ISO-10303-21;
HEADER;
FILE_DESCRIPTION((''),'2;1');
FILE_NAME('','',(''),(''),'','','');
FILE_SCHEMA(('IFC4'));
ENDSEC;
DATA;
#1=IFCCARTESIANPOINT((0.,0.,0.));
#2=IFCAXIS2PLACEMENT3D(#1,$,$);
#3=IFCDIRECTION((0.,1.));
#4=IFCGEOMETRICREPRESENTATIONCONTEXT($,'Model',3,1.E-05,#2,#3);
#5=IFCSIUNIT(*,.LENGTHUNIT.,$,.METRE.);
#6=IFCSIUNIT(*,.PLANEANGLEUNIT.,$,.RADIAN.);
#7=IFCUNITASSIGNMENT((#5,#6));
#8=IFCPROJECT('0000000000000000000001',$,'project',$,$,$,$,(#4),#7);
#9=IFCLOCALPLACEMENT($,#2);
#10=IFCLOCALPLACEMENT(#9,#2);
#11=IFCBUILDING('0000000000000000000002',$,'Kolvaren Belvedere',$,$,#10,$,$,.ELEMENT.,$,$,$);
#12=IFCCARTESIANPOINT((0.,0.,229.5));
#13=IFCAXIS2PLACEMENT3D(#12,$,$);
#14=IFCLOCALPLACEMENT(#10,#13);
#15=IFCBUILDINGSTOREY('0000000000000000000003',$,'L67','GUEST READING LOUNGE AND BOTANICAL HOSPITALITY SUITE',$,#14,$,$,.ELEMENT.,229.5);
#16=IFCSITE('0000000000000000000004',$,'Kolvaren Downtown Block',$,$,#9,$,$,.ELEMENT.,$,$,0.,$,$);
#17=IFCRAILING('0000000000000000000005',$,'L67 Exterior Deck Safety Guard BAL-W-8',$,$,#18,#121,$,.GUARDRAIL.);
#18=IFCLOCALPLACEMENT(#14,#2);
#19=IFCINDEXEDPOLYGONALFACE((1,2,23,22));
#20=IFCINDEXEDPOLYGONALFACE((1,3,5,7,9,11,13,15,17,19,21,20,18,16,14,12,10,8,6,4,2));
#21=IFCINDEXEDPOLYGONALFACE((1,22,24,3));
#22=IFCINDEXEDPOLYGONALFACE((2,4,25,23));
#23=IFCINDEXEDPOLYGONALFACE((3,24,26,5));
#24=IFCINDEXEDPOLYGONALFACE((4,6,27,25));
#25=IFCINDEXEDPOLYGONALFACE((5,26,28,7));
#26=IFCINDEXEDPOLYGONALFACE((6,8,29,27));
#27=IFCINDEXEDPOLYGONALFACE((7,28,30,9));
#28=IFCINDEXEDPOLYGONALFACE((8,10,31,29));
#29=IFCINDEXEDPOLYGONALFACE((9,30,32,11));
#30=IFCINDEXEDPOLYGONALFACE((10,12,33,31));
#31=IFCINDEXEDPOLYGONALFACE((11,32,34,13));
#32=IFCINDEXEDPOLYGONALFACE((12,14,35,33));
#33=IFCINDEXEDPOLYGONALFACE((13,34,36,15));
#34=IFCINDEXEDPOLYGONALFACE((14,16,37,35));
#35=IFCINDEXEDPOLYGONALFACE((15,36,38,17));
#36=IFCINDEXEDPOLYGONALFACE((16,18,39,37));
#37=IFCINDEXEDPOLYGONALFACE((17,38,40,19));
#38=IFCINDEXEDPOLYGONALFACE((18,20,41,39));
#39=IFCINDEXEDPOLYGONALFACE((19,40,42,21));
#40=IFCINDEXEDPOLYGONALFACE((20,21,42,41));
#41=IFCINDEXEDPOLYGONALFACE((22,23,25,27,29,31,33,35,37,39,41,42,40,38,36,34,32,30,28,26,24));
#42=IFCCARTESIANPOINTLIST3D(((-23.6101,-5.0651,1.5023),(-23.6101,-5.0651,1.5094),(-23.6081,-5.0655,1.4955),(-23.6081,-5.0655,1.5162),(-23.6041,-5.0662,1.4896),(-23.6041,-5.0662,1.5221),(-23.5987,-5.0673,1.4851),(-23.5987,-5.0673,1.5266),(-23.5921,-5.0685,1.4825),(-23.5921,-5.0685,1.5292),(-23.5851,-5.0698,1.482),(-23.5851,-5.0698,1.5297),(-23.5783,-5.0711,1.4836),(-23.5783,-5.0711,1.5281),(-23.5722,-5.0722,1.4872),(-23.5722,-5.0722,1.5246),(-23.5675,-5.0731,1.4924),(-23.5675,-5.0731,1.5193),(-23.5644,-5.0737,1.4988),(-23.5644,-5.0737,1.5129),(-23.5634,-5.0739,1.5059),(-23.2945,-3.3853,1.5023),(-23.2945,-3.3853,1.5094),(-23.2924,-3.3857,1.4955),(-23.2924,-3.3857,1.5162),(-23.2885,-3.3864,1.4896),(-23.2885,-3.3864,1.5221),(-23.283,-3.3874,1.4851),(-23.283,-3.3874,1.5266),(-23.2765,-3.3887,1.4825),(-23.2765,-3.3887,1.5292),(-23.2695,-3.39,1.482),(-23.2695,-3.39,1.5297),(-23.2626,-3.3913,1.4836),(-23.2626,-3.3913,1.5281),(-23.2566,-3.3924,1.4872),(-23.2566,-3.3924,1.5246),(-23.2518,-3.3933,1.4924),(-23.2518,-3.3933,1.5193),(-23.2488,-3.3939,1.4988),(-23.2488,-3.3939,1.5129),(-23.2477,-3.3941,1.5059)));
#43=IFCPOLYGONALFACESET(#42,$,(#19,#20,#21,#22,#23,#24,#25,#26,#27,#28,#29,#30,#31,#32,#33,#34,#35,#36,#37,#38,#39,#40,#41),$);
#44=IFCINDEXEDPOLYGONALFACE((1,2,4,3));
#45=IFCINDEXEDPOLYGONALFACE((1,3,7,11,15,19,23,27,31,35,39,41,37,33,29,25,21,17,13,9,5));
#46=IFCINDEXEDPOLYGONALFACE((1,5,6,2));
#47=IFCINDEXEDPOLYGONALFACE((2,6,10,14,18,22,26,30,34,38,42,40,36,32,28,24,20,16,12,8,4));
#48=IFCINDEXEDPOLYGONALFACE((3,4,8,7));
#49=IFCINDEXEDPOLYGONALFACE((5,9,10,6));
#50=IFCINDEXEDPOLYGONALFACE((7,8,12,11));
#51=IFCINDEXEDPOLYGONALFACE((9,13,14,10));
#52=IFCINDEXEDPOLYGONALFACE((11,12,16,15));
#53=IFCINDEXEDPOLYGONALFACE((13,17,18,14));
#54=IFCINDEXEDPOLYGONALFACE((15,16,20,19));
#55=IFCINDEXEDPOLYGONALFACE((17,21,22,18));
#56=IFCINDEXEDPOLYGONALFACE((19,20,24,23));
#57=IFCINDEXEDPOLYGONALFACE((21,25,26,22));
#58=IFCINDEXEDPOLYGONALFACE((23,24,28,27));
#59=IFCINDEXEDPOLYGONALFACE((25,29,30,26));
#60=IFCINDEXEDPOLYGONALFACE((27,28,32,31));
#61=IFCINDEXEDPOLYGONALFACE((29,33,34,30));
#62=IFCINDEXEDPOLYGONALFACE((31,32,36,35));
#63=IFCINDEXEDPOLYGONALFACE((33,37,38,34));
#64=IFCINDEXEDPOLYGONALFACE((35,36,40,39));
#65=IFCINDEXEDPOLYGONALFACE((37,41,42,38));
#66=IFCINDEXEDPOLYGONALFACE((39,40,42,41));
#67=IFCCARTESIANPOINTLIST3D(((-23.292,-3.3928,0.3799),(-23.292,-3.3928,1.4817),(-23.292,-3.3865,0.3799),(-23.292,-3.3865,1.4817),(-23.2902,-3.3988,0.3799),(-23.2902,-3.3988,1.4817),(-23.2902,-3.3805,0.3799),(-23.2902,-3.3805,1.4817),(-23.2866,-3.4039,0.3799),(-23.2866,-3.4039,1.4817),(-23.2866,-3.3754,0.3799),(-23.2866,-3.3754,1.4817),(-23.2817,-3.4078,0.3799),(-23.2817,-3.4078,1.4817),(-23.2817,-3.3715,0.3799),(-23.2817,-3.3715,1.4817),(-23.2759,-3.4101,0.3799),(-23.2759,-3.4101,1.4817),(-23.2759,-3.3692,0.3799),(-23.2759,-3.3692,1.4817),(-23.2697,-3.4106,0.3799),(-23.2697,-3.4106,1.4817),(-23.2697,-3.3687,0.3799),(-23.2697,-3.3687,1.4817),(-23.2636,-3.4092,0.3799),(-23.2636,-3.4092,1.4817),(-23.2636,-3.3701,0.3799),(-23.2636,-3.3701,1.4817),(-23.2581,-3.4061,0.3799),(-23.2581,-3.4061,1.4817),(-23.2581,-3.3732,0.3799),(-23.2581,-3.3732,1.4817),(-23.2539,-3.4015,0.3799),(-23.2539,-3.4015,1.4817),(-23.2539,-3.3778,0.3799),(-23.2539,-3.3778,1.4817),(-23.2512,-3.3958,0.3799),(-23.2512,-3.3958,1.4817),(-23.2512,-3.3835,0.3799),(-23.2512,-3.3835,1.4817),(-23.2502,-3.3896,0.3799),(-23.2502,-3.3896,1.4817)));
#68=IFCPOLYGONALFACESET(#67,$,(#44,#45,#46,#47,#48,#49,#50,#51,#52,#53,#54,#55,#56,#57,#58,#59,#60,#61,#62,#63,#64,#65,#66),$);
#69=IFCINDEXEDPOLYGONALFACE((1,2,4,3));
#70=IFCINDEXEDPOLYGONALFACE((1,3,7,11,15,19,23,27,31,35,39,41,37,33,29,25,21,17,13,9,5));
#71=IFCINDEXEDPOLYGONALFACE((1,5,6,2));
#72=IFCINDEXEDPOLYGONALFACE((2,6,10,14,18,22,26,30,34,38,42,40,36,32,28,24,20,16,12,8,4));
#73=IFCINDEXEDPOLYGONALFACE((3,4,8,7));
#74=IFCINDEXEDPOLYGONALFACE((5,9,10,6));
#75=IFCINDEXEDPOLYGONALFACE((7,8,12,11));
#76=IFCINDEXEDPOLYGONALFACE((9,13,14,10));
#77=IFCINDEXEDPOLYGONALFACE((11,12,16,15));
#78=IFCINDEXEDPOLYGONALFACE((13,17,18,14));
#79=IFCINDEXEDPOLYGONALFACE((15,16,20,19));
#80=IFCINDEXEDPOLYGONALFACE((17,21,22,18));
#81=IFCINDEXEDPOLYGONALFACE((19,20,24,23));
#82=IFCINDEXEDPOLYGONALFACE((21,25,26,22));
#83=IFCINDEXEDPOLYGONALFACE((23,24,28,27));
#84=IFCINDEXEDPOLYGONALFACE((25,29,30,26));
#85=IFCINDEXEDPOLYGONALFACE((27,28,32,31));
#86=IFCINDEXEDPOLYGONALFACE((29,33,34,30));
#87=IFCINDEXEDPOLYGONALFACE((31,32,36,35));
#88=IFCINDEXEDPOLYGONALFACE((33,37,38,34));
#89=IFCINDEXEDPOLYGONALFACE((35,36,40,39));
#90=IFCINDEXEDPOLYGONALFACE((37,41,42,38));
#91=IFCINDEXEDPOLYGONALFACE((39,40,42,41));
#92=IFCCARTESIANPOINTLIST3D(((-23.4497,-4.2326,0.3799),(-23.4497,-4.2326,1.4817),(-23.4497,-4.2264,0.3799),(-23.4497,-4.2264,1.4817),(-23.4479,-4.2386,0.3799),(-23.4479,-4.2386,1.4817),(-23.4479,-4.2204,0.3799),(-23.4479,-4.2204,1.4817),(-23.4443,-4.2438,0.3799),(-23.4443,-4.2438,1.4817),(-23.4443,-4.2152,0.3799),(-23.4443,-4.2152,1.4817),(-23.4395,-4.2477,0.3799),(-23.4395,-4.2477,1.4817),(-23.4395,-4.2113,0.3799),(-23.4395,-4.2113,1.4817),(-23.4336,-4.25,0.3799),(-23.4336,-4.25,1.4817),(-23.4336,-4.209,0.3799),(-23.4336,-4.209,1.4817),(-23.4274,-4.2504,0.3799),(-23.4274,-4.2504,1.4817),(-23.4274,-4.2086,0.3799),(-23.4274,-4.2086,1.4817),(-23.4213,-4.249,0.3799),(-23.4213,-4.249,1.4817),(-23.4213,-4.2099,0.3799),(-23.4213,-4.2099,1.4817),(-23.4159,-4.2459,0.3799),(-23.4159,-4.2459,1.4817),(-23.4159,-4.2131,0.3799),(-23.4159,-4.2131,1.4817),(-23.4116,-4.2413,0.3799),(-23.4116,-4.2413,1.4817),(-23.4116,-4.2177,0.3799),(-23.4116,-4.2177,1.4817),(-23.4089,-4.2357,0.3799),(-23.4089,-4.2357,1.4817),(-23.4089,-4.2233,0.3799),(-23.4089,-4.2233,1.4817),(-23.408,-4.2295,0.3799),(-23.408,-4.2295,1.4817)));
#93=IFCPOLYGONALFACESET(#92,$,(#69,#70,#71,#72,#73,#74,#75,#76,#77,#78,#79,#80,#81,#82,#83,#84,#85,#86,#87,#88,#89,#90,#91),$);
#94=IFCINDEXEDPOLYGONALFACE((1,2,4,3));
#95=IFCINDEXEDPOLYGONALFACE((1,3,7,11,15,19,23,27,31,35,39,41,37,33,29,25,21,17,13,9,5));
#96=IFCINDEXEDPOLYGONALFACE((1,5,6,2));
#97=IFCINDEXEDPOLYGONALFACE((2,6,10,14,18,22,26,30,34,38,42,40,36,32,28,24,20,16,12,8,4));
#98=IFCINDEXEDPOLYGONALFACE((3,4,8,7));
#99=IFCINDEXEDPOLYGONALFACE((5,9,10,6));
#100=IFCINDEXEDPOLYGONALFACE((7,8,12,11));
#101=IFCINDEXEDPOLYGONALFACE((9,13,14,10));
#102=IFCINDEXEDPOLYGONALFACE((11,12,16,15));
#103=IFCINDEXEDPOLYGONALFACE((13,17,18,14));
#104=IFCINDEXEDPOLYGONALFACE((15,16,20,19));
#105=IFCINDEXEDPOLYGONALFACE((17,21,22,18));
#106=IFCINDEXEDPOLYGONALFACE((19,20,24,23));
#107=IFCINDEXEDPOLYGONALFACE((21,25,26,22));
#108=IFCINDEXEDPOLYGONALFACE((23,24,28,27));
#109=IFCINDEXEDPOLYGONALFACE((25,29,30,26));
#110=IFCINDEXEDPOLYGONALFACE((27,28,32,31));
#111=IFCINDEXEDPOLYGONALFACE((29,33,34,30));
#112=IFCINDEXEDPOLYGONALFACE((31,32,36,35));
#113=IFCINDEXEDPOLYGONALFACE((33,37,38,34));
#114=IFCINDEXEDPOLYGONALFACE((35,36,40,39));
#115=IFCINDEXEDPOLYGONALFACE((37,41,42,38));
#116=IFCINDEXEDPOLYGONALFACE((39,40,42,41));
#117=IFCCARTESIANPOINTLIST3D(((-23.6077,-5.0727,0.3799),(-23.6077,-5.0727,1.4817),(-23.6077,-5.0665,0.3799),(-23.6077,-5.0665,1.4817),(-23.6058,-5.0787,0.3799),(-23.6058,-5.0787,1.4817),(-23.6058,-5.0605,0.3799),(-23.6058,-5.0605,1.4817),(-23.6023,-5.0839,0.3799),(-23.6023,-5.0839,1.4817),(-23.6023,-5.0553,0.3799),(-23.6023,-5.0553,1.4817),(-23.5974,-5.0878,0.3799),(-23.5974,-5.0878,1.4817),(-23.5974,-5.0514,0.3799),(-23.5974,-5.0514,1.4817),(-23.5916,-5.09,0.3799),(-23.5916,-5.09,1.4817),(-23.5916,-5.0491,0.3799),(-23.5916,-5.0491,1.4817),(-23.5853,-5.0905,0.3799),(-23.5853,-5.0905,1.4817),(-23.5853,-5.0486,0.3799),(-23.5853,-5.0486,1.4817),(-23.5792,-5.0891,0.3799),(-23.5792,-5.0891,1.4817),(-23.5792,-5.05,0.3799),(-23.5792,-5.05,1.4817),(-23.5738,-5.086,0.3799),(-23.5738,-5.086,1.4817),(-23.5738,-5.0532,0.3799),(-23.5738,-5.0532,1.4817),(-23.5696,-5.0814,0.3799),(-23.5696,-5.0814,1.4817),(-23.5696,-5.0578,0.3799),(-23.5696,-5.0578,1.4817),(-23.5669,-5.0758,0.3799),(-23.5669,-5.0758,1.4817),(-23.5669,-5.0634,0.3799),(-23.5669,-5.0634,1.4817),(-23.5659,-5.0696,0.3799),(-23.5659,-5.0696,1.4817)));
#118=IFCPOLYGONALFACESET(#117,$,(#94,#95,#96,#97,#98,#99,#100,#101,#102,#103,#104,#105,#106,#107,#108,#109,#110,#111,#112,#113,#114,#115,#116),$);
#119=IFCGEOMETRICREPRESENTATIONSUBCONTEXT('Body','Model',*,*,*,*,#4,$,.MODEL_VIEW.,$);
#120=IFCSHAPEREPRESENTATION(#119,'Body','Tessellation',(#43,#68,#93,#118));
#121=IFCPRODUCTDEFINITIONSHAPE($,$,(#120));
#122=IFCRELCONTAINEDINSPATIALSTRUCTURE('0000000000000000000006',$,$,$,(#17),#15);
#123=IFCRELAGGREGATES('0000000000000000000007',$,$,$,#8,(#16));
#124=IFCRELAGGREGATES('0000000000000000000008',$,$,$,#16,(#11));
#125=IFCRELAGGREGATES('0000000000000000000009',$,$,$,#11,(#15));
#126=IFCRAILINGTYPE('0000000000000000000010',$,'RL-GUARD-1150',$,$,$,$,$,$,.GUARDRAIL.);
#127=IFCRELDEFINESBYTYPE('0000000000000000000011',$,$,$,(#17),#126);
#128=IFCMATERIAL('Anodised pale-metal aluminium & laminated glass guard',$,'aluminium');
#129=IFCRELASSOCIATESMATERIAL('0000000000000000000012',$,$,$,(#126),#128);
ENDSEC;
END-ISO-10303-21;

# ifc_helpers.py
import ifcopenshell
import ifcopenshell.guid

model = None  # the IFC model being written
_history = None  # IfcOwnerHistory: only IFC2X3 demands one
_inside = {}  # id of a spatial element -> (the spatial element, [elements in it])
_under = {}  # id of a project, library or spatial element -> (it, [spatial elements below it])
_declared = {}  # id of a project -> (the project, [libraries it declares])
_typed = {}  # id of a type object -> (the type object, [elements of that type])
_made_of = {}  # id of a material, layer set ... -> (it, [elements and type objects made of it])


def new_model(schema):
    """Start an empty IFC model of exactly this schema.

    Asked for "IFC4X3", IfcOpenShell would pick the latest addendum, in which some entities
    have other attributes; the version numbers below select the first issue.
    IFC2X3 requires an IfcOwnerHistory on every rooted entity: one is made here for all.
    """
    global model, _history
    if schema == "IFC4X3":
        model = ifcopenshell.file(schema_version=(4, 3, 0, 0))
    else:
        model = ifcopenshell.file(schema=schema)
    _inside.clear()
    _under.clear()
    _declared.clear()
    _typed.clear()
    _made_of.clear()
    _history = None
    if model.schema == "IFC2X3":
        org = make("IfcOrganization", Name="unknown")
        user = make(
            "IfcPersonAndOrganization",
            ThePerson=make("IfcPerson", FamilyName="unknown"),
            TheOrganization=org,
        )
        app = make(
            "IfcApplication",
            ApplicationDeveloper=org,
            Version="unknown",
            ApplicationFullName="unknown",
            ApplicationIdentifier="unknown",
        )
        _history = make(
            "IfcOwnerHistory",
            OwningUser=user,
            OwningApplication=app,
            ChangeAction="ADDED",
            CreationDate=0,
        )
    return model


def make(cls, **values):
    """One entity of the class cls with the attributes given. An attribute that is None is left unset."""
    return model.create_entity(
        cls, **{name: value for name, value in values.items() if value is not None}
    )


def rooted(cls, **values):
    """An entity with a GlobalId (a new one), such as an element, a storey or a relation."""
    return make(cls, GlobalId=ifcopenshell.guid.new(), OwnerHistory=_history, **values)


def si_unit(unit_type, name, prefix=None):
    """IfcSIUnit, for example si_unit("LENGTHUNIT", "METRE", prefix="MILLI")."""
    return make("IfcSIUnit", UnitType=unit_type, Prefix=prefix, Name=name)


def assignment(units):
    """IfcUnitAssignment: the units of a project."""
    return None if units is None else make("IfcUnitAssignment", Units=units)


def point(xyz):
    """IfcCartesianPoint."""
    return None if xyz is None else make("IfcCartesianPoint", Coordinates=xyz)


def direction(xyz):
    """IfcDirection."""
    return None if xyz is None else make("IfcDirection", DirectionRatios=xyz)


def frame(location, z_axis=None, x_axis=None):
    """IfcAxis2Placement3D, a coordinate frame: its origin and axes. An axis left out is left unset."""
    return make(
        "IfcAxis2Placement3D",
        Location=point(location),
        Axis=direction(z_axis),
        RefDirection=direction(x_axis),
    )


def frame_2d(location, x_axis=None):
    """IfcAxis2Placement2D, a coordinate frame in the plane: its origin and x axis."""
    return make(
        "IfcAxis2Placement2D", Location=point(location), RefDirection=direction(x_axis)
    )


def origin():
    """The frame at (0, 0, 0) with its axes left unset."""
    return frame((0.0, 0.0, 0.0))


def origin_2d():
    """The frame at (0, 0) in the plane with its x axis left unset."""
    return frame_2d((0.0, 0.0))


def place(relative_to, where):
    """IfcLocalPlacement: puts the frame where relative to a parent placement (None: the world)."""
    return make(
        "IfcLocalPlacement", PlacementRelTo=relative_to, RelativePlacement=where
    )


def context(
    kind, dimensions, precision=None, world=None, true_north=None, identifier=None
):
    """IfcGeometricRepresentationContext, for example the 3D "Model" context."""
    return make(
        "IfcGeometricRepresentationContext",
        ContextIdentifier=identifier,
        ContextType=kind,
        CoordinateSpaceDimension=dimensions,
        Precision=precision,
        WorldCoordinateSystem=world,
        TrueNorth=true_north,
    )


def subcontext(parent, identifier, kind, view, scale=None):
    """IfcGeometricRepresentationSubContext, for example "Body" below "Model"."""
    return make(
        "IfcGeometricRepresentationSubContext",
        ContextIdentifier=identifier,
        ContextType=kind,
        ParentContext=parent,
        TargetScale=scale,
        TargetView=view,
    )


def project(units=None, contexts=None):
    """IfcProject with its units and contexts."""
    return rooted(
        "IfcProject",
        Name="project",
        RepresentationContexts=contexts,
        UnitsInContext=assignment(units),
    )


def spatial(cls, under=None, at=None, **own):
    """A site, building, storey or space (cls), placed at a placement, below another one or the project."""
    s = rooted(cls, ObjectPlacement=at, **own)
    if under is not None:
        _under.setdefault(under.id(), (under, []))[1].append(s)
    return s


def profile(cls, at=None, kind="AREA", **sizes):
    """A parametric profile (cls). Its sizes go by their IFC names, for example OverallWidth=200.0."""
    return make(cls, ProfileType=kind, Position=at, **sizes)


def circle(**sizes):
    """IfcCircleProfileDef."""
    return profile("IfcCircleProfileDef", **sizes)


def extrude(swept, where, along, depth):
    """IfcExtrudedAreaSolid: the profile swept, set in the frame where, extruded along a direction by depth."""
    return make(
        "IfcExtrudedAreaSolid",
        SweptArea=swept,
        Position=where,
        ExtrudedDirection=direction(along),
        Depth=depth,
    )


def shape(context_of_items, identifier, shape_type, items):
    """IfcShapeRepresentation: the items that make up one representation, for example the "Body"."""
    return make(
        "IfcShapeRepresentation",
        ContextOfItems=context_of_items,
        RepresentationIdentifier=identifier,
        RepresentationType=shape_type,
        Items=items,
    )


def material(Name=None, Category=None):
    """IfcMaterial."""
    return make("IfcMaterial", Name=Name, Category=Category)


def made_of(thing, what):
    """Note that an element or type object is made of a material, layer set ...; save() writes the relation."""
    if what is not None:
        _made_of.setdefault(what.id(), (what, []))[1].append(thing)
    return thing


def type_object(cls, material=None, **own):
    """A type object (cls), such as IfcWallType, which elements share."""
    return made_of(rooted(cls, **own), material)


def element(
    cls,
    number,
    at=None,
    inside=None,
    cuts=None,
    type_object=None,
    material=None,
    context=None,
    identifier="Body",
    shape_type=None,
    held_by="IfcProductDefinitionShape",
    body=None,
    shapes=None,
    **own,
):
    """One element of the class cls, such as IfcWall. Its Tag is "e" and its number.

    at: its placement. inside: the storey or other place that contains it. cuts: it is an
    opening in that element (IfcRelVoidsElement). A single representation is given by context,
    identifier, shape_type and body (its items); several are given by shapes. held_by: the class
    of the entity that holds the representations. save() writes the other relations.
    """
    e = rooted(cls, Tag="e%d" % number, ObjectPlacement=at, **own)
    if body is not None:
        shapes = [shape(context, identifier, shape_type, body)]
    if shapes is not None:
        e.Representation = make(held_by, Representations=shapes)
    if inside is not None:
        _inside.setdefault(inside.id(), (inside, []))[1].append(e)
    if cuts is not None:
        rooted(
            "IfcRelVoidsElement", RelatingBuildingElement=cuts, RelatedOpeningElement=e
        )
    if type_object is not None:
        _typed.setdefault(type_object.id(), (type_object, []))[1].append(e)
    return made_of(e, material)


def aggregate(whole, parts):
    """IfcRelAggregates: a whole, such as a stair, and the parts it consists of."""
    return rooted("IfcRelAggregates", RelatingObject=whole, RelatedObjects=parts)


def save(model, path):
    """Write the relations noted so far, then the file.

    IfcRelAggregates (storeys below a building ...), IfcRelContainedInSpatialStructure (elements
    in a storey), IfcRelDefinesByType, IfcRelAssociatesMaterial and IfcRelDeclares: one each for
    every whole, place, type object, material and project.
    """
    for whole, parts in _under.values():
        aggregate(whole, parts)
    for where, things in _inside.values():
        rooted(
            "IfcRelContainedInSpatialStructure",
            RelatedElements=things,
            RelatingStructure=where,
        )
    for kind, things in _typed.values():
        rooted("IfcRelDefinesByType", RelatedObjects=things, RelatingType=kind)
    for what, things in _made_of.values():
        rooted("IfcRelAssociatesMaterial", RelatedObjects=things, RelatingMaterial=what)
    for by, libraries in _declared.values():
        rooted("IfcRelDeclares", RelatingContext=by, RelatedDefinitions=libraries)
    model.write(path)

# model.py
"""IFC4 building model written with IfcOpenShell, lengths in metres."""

from ifc_helpers import new_model, si_unit, direction, frame, origin, origin_2d, place, context, subcontext, project, spatial, circle, extrude, material, type_object, element, save


model = new_model("IFC4")

# Units and contexts
model_context = context("Model", 3, precision=1e-05, world=origin(), true_north=direction((0.0, 1.0)))
body_context = subcontext(model_context, "Body", "Model", "MODEL_VIEW")
ifc_project = project(units=[si_unit("LENGTHUNIT", "METRE"), si_unit("PLANEANGLEUNIT", "RADIAN")], contexts=[model_context])

# Site, building, storey
site_placement = place(None, origin())
site = spatial("IfcSite", under=ifc_project, at=site_placement, Name="Kolvaren Downtown Block", CompositionType="ELEMENT", RefElevation=0.0)
building_placement = place(site_placement, origin())
building = spatial("IfcBuilding", under=site, at=building_placement, Name="Kolvaren Belvedere", CompositionType="ELEMENT")
storey_placement = place(building_placement, frame((0.0, 0.0, 229.5)))
storey = spatial("IfcBuildingStorey", under=building, at=storey_placement, Name="L67", Description="GUEST READING LOUNGE AND BOTANICAL HOSPITALITY SUITE", CompositionType="ELEMENT", Elevation=229.5)

# Railing
ifc_material_1 = material(Name="Anodised pale-metal aluminium & laminated glass guard", Category="aluminium")
railing_type = type_object("IfcRailingType", Name="RL-GUARD-1150", PredefinedType="GUARDRAIL", material=ifc_material_1)
railing_1_placement = place(storey_placement, frame((-23.2712, -3.3896, 0.3799)))
element("IfcRailing", 1, at=railing_1_placement, inside=storey, type_object=railing_type, Name="L67 Exterior Deck Safety Guard BAL-W-8", PredefinedType="GUARDRAIL", context=body_context, shape_type="SweptSolid", body=[
    extrude(circle(Radius=0.0239, at=origin_2d()), frame((0.0, 0.0, 1.126), z_axis=(-0.184677, -0.982799, 0.0), x_axis=(0.982799, -0.184677, 0.0)), (0.0, 0.0, 1.0), 1.7092),
    extrude(circle(Radius=0.021, at=origin_2d()), origin(), (0.0, 0.0, 1.0), 1.1018),
    extrude(circle(Radius=0.021, at=origin_2d()), frame((-0.1577, -0.8398, 0.0)), (0.0, 0.0, 1.0), 1.1018),
    extrude(circle(Radius=0.021, at=origin_2d()), frame((-0.3157, -1.6799, 0.0)), (0.0, 0.0, 1.0), 1.1018),
])

save(model, "model.ifc")
